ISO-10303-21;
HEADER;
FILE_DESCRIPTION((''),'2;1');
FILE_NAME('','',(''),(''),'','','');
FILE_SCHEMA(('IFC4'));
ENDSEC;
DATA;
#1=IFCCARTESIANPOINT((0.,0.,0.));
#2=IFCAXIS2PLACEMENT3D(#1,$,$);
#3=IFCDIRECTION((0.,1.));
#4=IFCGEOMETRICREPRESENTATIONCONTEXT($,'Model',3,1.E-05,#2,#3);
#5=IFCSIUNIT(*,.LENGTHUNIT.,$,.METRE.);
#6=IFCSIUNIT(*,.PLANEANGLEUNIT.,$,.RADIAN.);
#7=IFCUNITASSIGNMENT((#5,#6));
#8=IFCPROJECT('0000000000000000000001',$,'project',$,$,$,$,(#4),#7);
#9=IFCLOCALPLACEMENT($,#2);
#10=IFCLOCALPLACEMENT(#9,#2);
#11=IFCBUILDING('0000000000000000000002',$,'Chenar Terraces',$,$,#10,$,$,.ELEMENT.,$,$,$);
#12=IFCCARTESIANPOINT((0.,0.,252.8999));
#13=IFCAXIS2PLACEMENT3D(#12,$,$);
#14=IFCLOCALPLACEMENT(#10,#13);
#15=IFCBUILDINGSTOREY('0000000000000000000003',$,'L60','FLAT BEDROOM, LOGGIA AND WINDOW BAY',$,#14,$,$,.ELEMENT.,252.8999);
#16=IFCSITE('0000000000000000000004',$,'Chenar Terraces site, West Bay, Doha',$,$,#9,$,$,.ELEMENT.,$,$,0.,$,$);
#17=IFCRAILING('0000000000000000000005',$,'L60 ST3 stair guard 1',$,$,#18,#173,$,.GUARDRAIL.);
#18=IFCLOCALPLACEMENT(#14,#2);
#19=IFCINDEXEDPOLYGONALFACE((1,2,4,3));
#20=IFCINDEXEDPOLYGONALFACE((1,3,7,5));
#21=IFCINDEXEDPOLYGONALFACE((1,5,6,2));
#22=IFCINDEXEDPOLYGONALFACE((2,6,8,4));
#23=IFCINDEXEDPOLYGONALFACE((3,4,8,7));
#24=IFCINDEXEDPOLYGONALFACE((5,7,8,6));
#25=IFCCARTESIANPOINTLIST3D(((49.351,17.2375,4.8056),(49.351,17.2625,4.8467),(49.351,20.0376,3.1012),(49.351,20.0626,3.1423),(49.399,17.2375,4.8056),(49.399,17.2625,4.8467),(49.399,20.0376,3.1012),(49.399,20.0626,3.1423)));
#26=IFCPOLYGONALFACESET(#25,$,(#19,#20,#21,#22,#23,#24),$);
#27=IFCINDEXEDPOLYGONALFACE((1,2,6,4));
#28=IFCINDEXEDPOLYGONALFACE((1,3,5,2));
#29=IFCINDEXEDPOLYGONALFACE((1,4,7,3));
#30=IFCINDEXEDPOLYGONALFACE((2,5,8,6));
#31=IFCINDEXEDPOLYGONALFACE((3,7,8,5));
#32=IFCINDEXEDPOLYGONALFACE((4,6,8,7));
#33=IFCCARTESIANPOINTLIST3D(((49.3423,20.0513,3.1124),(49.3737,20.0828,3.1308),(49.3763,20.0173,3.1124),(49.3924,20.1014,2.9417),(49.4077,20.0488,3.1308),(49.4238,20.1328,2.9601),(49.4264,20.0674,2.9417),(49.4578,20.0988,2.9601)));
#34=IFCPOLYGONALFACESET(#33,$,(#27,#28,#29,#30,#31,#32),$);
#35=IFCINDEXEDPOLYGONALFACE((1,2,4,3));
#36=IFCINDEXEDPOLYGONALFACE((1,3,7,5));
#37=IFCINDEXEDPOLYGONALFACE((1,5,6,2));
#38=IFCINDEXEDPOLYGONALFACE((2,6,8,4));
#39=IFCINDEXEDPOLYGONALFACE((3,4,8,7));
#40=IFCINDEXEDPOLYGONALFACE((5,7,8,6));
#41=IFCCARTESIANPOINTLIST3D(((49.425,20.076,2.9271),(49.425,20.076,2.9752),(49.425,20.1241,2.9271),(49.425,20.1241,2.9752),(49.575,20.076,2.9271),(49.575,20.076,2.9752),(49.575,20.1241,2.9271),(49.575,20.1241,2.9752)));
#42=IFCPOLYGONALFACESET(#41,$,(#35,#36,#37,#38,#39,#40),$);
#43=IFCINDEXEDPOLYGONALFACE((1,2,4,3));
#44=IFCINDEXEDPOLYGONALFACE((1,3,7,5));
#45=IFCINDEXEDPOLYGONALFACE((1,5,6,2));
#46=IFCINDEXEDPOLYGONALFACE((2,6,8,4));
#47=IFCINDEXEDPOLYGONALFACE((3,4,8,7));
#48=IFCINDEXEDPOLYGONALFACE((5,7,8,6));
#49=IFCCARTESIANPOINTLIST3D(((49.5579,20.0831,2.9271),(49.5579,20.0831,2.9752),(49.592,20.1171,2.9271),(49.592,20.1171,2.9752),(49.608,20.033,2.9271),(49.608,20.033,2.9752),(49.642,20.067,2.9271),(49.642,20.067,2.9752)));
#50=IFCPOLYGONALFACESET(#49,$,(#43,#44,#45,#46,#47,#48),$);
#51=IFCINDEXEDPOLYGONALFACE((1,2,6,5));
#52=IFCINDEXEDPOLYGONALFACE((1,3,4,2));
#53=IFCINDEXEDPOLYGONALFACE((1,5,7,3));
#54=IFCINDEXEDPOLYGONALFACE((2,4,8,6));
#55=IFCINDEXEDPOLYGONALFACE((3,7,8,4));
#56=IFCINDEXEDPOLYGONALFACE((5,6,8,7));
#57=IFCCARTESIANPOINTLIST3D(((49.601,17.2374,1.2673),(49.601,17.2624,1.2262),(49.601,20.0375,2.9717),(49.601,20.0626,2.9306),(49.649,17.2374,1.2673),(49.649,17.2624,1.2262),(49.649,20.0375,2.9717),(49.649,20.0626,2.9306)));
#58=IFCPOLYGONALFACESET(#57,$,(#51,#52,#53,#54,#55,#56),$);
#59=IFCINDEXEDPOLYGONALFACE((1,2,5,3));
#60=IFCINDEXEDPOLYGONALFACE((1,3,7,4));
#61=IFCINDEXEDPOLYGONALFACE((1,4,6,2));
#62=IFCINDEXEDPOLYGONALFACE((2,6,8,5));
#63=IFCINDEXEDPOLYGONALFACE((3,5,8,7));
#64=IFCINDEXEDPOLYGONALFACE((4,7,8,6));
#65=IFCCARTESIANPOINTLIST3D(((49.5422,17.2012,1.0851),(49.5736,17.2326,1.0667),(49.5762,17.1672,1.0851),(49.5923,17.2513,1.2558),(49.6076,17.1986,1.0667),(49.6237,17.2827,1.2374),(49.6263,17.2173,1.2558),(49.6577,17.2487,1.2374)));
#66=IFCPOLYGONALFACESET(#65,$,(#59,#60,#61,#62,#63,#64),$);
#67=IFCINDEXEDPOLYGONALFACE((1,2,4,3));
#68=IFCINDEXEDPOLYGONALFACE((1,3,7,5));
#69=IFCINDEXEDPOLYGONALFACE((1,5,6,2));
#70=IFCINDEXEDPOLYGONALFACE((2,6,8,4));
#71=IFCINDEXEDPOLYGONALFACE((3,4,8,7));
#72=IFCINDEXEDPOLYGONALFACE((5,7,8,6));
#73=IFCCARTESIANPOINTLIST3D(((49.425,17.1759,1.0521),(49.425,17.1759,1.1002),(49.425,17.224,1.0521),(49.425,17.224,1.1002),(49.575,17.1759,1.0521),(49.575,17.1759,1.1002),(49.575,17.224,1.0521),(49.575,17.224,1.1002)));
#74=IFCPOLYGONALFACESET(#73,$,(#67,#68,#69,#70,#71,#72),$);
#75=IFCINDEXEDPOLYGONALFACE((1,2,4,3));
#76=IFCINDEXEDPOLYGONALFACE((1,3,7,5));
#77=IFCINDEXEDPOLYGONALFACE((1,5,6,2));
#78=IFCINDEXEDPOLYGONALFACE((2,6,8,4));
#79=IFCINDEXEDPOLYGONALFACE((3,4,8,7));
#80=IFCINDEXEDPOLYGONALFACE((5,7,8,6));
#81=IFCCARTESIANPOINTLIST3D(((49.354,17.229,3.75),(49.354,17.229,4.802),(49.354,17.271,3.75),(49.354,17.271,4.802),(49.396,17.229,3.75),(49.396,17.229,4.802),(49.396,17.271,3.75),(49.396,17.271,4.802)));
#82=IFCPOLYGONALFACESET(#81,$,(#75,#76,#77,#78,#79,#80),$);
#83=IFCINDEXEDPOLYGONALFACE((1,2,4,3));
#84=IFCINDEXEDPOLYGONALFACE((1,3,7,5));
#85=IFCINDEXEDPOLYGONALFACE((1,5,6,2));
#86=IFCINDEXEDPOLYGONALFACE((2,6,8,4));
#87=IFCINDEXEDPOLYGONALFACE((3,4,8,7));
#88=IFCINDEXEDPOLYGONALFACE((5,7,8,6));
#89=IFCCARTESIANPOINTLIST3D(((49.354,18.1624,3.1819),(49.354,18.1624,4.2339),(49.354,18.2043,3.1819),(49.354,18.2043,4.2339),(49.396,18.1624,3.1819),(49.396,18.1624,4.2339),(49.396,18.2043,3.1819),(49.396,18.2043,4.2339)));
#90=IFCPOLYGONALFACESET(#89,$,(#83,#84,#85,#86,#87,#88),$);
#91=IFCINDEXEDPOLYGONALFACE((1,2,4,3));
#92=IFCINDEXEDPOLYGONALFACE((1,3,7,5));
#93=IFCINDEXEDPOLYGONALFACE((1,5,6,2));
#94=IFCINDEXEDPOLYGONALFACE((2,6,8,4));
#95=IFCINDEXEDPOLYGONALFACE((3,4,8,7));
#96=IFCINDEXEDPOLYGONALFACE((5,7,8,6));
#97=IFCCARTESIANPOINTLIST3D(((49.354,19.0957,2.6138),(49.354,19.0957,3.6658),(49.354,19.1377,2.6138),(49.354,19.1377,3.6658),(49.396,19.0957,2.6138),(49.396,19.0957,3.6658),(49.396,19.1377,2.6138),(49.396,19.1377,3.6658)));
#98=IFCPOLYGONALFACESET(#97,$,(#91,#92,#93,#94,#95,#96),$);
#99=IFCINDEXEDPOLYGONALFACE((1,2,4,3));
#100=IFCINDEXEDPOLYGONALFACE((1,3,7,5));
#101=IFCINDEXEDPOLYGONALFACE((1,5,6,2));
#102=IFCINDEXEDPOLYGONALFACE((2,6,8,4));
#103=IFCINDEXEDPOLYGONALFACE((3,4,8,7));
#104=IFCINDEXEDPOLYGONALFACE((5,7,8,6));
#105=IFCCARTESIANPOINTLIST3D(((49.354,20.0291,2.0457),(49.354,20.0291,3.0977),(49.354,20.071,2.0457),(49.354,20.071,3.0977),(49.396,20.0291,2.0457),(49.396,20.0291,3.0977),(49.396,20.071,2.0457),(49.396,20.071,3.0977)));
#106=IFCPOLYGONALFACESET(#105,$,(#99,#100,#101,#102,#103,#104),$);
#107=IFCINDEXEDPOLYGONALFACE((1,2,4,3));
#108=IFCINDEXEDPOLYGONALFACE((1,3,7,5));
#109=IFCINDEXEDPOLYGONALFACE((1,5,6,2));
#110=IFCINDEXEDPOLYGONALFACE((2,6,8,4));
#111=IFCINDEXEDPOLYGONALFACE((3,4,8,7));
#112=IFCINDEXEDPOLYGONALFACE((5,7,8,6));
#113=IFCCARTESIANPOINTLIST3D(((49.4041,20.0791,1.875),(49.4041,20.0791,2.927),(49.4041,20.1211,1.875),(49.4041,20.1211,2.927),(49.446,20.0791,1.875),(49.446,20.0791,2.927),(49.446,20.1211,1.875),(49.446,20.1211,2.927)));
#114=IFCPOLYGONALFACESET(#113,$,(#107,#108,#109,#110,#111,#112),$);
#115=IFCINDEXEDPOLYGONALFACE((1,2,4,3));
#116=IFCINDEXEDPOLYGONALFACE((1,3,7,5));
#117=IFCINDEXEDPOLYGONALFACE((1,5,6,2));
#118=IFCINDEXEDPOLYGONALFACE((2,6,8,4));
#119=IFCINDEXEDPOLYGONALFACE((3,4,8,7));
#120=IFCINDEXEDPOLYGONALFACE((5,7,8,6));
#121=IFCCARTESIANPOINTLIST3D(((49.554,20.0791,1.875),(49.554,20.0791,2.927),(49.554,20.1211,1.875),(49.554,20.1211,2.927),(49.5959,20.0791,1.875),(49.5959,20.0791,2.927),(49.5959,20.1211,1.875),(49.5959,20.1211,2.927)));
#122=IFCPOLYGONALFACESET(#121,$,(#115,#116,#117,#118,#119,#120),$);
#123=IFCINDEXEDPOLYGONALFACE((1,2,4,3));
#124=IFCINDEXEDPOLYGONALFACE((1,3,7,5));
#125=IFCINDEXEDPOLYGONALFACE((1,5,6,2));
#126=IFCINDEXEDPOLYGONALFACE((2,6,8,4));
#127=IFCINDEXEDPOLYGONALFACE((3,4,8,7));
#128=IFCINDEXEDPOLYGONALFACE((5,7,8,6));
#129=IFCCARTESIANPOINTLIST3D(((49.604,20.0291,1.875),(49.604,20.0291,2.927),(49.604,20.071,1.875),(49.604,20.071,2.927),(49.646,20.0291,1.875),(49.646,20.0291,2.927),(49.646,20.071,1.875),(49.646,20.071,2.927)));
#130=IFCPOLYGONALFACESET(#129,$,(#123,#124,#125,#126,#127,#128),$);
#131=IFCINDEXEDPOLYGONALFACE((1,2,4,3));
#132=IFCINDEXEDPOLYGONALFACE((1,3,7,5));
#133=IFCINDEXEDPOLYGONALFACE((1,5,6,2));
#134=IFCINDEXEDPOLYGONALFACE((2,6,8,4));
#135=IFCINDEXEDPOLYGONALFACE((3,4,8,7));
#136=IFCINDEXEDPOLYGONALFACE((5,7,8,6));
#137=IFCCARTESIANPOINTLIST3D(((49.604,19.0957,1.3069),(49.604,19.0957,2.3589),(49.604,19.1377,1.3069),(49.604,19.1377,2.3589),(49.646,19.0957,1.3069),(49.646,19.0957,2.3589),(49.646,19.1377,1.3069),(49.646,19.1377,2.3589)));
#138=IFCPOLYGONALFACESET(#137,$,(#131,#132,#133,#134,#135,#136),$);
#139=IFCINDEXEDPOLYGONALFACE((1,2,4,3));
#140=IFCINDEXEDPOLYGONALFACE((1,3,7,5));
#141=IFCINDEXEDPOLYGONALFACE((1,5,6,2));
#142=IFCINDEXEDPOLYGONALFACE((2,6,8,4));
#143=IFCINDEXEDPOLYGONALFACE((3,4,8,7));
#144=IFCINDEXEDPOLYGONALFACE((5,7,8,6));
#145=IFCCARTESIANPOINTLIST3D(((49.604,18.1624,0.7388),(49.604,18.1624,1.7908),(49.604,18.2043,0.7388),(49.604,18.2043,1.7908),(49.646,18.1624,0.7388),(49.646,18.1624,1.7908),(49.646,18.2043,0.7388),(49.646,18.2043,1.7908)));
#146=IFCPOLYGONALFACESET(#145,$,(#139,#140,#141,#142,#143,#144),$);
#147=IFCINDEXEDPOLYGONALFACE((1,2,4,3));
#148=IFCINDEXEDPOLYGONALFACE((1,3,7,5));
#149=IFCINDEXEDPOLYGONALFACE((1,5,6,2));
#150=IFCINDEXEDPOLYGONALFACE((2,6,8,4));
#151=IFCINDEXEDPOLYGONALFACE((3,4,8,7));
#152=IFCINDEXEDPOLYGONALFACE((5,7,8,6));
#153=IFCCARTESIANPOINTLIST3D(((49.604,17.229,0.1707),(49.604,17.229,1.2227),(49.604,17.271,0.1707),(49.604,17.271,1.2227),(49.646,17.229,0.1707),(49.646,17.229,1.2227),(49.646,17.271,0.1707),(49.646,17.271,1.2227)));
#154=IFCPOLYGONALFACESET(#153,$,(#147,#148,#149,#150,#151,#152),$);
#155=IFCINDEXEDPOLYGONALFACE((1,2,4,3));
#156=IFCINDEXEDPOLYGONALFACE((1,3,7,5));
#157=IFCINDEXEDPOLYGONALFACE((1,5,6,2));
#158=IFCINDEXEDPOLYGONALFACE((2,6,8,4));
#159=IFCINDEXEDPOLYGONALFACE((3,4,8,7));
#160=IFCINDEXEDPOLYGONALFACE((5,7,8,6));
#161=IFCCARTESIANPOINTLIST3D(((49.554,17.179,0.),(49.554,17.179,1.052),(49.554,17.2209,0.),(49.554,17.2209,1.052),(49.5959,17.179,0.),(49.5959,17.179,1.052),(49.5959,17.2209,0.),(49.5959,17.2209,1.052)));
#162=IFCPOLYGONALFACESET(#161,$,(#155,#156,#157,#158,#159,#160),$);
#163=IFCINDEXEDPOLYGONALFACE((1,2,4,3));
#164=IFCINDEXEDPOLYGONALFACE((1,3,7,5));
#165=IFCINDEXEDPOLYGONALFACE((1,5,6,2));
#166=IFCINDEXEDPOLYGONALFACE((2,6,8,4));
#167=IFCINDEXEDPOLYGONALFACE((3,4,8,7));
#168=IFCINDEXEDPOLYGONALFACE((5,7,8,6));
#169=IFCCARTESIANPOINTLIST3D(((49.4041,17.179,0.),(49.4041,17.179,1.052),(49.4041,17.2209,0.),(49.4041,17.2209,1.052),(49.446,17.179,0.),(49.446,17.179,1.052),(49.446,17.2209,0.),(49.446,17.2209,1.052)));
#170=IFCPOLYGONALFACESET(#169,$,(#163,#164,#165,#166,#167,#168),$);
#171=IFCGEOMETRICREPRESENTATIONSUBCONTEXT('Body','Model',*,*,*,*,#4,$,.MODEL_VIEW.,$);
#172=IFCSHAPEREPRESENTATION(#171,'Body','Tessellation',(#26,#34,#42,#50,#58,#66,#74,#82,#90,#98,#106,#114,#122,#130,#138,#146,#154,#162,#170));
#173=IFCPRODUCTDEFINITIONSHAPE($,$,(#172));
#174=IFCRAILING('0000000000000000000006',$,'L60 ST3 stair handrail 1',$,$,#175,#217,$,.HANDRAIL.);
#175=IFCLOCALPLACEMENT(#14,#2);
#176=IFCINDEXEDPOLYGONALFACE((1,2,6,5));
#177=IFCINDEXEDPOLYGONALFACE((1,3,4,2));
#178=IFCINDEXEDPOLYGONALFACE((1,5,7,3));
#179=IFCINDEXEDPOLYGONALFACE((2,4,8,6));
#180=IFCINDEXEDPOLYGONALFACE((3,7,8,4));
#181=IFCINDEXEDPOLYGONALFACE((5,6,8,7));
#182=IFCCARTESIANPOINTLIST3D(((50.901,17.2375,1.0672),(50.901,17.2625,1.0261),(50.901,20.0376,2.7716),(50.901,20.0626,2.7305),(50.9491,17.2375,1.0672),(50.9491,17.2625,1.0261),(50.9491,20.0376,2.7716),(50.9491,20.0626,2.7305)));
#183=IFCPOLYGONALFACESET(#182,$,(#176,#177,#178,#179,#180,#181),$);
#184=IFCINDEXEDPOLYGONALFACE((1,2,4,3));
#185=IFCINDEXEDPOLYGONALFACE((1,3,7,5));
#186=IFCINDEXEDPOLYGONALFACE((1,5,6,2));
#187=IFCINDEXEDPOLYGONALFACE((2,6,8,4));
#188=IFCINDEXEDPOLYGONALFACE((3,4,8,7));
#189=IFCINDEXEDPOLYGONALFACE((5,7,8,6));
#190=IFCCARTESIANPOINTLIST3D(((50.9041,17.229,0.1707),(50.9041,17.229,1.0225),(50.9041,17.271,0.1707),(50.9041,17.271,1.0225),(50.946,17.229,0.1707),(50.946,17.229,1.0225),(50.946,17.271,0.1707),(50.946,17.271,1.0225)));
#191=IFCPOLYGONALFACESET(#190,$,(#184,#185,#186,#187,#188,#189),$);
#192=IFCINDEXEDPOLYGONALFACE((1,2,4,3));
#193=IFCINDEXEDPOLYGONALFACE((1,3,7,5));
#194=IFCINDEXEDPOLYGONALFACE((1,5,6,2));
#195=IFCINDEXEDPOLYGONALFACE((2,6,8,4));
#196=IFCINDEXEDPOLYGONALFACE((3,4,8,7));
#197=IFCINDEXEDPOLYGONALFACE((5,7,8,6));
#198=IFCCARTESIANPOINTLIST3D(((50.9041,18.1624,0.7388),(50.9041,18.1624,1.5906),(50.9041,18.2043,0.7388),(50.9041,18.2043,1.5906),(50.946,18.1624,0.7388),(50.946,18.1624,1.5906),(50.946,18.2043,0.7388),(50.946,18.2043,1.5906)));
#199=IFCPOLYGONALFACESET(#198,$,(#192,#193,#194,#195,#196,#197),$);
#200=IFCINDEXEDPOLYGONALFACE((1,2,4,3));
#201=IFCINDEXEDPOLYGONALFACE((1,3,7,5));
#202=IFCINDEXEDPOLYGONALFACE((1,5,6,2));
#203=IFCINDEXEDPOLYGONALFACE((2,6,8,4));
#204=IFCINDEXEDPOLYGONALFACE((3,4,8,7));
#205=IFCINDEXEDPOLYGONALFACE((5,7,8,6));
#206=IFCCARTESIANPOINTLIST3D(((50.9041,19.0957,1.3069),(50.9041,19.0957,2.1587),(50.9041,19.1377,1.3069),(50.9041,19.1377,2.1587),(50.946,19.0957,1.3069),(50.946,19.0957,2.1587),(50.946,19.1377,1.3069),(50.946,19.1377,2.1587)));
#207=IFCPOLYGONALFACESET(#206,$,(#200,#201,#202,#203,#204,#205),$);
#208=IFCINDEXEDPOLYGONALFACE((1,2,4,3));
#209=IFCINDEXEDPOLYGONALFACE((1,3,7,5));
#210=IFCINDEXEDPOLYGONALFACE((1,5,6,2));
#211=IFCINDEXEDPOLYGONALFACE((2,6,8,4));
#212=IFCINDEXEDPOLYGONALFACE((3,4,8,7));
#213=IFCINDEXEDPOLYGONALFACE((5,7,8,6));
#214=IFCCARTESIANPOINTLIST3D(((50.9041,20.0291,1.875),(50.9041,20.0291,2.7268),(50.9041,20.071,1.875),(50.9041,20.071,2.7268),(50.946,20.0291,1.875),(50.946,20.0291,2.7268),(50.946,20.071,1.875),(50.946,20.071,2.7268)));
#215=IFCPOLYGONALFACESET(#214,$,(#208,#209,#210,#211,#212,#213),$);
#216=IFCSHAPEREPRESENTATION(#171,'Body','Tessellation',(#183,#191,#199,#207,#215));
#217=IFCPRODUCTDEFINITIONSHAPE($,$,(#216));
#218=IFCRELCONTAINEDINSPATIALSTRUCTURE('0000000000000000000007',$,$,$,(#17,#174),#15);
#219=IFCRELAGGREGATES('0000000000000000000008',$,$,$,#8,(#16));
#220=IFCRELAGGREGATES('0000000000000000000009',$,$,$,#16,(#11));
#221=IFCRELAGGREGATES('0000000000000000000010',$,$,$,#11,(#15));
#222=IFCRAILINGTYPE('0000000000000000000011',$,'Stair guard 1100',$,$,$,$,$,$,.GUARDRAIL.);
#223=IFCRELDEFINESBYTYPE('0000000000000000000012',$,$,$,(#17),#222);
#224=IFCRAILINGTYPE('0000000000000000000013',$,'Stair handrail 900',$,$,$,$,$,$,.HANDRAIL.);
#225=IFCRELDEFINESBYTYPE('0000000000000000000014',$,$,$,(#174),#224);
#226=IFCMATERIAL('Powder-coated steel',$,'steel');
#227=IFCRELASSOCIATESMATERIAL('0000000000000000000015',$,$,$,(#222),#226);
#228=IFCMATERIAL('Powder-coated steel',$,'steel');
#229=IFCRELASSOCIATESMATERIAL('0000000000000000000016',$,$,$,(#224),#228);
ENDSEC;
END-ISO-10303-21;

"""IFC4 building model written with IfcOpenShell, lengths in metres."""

from ifc_helpers import new_model, si_unit, direction, frame, origin, origin_2d, place, context, subcontext, project, spatial, rectangle, extrude, material, type_object, element, save


model = new_model("IFC4")

# Units and contexts
model_context = context("Model", 3, precision=1e-05, world=origin(), true_north=direction((0.0, 1.0)))
body_context = subcontext(model_context, "Body", "Model", "MODEL_VIEW")
ifc_project = project(units=[si_unit("LENGTHUNIT", "METRE"), si_unit("PLANEANGLEUNIT", "RADIAN")], contexts=[model_context])

# Site, building, storey
site_placement = place(None, origin())
site = spatial("IfcSite", under=ifc_project, at=site_placement, Name="Chenar Terraces site, West Bay, Doha", CompositionType="ELEMENT", RefElevation=0.0)
building_placement = place(site_placement, origin())
building = spatial("IfcBuilding", under=site, at=building_placement, Name="Chenar Terraces", CompositionType="ELEMENT")
storey_placement = place(building_placement, frame((0.0, 0.0, 252.8999)))
storey = spatial("IfcBuildingStorey", under=building, at=storey_placement, Name="L60", Description="FLAT BEDROOM, LOGGIA AND WINDOW BAY", CompositionType="ELEMENT", Elevation=252.8999)

# Railings
ifc_material_1 = material(Name="Powder-coated steel", Category="steel")
railing_type_1 = type_object("IfcRailingType", Name="Stair guard 1100", PredefinedType="GUARDRAIL", material=ifc_material_1)
railing_1_placement = place(storey_placement, frame((49.375, 17.25, 3.75)))
element("IfcRailing", 1, at=railing_1_placement, inside=storey, type_object=railing_type_1, Name="L60 ST3 stair guard 1", PredefinedType="GUARDRAIL", context=body_context, shape_type="SweptSolid", body=[
    extrude(rectangle(XDim=0.0481, YDim=0.0481, at=origin_2d()), frame((0.0, 0.0, 1.0762), z_axis=(0.0, 0.854203, -0.51994), x_axis=(-1.0, 0.0, 0.0)), (0.0, 0.0, 1.0), 3.2781),
    extrude(rectangle(XDim=0.0481, YDim=0.0481, at=origin_2d()), frame((0.0, 2.8, -0.6284), z_axis=(0.2709, 0.2709, -0.923703), x_axis=(-0.707107, 0.707107, 0.0)), (0.0, 0.0, 1.0), 0.1848),
    extrude(rectangle(XDim=0.0481, YDim=0.0481, at=origin_2d()), frame((0.05, 2.8501, -0.7988), z_axis=(1.0, 0.0, 0.0), x_axis=(0.0, 1.0, 0.0)), (0.0, 0.0, 1.0), 0.1499),
    extrude(rectangle(XDim=0.0481, YDim=0.0481, at=origin_2d()), frame((0.2, 2.8501, -0.7988), z_axis=(0.707107, -0.707107, 0.0), x_axis=(0.707107, 0.707107, 0.0)), (0.0, 0.0, 1.0), 0.0708),
    extrude(rectangle(XDim=0.0481, YDim=0.0481, at=origin_2d()), frame((0.25, 2.8, -0.7988), z_axis=(0.0, -0.854203, -0.51994), x_axis=(1.0, 0.0, 0.0)), (0.0, 0.0, 1.0), 3.2781),
    extrude(rectangle(XDim=0.0481, YDim=0.0481, at=origin_2d()), frame((0.25, 0.0, -2.5034), z_axis=(-0.2709, -0.2709, -0.923703), x_axis=(0.707107, -0.707107, 0.0)), (0.0, 0.0, 1.0), 0.1848),
    extrude(rectangle(XDim=0.0481, YDim=0.0481, at=origin_2d()), frame((0.2, -0.05, -2.6738), z_axis=(-1.0, 0.0, 0.0), x_axis=(0.0, -1.0, 0.0)), (0.0, 0.0, 1.0), 0.1499),
    extrude(rectangle(XDim=0.042, YDim=0.042, at=origin_2d()), origin(), (0.0, 0.0, 1.0), 1.052),
    extrude(rectangle(XDim=0.042, YDim=0.042, at=origin_2d()), frame((0.0, 0.9333, -0.5681)), (0.0, 0.0, 1.0), 1.052),
    extrude(rectangle(XDim=0.042, YDim=0.042, at=origin_2d()), frame((0.0, 1.8667, -1.1362)), (0.0, 0.0, 1.0), 1.052),
    extrude(rectangle(XDim=0.042, YDim=0.042, at=origin_2d()), frame((0.0, 2.8, -1.7043)), (0.0, 0.0, 1.0), 1.052),
    extrude(rectangle(XDim=0.042, YDim=0.042, at=origin_2d()), frame((0.05, 2.8501, -1.875)), (0.0, 0.0, 1.0), 1.052),
    extrude(rectangle(XDim=0.042, YDim=0.042, at=origin_2d()), frame((0.2, 2.8501, -1.875)), (0.0, 0.0, 1.0), 1.052),
    extrude(rectangle(XDim=0.042, YDim=0.042, at=origin_2d()), frame((0.25, 2.8, -1.875)), (0.0, 0.0, 1.0), 1.052),
    extrude(rectangle(XDim=0.042, YDim=0.042, at=origin_2d()), frame((0.25, 1.8667, -2.4431)), (0.0, 0.0, 1.0), 1.052),
    extrude(rectangle(XDim=0.042, YDim=0.042, at=origin_2d()), frame((0.25, 0.9333, -3.0112)), (0.0, 0.0, 1.0), 1.052),
    extrude(rectangle(XDim=0.042, YDim=0.042, at=origin_2d()), frame((0.25, 0.0, -3.5793)), (0.0, 0.0, 1.0), 1.052),
    extrude(rectangle(XDim=0.042, YDim=0.042, at=origin_2d()), frame((0.2, -0.05, -3.75)), (0.0, 0.0, 1.0), 1.052),
    extrude(rectangle(XDim=0.042, YDim=0.042, at=origin_2d()), frame((0.05, -0.05, -3.75)), (0.0, 0.0, 1.0), 1.052),
])
ifc_material_2 = material(Name="Powder-coated steel", Category="steel")
railing_type_2 = type_object("IfcRailingType", Name="Stair handrail 900", PredefinedType="HANDRAIL", material=ifc_material_2)
railing_2_placement = place(storey_placement, frame((50.925, 17.25, 0.1707)))
element("IfcRailing", 2, at=railing_2_placement, inside=storey, type_object=railing_type_2, Name="L60 ST3 stair handrail 1", PredefinedType="HANDRAIL", context=body_context, shape_type="SweptSolid", body=[
    extrude(rectangle(XDim=0.0481, YDim=0.0481, at=origin_2d()), frame((0.0, 0.0, 0.876), z_axis=(0.0, 0.854203, 0.51994), x_axis=(-1.0, 0.0, 0.0)), (0.0, 0.0, 1.0), 3.2781),
    extrude(rectangle(XDim=0.042, YDim=0.042, at=origin_2d()), origin(), (0.0, 0.0, 1.0), 0.8518),
    extrude(rectangle(XDim=0.042, YDim=0.042, at=origin_2d()), frame((0.0, 0.9333, 0.5681)), (0.0, 0.0, 1.0), 0.8518),
    extrude(rectangle(XDim=0.042, YDim=0.042, at=origin_2d()), frame((0.0, 1.8667, 1.1362)), (0.0, 0.0, 1.0), 0.8518),
    extrude(rectangle(XDim=0.042, YDim=0.042, at=origin_2d()), frame((0.0, 2.8, 1.7043)), (0.0, 0.0, 1.0), 0.8518),
])

save(model, "model.ifc")
